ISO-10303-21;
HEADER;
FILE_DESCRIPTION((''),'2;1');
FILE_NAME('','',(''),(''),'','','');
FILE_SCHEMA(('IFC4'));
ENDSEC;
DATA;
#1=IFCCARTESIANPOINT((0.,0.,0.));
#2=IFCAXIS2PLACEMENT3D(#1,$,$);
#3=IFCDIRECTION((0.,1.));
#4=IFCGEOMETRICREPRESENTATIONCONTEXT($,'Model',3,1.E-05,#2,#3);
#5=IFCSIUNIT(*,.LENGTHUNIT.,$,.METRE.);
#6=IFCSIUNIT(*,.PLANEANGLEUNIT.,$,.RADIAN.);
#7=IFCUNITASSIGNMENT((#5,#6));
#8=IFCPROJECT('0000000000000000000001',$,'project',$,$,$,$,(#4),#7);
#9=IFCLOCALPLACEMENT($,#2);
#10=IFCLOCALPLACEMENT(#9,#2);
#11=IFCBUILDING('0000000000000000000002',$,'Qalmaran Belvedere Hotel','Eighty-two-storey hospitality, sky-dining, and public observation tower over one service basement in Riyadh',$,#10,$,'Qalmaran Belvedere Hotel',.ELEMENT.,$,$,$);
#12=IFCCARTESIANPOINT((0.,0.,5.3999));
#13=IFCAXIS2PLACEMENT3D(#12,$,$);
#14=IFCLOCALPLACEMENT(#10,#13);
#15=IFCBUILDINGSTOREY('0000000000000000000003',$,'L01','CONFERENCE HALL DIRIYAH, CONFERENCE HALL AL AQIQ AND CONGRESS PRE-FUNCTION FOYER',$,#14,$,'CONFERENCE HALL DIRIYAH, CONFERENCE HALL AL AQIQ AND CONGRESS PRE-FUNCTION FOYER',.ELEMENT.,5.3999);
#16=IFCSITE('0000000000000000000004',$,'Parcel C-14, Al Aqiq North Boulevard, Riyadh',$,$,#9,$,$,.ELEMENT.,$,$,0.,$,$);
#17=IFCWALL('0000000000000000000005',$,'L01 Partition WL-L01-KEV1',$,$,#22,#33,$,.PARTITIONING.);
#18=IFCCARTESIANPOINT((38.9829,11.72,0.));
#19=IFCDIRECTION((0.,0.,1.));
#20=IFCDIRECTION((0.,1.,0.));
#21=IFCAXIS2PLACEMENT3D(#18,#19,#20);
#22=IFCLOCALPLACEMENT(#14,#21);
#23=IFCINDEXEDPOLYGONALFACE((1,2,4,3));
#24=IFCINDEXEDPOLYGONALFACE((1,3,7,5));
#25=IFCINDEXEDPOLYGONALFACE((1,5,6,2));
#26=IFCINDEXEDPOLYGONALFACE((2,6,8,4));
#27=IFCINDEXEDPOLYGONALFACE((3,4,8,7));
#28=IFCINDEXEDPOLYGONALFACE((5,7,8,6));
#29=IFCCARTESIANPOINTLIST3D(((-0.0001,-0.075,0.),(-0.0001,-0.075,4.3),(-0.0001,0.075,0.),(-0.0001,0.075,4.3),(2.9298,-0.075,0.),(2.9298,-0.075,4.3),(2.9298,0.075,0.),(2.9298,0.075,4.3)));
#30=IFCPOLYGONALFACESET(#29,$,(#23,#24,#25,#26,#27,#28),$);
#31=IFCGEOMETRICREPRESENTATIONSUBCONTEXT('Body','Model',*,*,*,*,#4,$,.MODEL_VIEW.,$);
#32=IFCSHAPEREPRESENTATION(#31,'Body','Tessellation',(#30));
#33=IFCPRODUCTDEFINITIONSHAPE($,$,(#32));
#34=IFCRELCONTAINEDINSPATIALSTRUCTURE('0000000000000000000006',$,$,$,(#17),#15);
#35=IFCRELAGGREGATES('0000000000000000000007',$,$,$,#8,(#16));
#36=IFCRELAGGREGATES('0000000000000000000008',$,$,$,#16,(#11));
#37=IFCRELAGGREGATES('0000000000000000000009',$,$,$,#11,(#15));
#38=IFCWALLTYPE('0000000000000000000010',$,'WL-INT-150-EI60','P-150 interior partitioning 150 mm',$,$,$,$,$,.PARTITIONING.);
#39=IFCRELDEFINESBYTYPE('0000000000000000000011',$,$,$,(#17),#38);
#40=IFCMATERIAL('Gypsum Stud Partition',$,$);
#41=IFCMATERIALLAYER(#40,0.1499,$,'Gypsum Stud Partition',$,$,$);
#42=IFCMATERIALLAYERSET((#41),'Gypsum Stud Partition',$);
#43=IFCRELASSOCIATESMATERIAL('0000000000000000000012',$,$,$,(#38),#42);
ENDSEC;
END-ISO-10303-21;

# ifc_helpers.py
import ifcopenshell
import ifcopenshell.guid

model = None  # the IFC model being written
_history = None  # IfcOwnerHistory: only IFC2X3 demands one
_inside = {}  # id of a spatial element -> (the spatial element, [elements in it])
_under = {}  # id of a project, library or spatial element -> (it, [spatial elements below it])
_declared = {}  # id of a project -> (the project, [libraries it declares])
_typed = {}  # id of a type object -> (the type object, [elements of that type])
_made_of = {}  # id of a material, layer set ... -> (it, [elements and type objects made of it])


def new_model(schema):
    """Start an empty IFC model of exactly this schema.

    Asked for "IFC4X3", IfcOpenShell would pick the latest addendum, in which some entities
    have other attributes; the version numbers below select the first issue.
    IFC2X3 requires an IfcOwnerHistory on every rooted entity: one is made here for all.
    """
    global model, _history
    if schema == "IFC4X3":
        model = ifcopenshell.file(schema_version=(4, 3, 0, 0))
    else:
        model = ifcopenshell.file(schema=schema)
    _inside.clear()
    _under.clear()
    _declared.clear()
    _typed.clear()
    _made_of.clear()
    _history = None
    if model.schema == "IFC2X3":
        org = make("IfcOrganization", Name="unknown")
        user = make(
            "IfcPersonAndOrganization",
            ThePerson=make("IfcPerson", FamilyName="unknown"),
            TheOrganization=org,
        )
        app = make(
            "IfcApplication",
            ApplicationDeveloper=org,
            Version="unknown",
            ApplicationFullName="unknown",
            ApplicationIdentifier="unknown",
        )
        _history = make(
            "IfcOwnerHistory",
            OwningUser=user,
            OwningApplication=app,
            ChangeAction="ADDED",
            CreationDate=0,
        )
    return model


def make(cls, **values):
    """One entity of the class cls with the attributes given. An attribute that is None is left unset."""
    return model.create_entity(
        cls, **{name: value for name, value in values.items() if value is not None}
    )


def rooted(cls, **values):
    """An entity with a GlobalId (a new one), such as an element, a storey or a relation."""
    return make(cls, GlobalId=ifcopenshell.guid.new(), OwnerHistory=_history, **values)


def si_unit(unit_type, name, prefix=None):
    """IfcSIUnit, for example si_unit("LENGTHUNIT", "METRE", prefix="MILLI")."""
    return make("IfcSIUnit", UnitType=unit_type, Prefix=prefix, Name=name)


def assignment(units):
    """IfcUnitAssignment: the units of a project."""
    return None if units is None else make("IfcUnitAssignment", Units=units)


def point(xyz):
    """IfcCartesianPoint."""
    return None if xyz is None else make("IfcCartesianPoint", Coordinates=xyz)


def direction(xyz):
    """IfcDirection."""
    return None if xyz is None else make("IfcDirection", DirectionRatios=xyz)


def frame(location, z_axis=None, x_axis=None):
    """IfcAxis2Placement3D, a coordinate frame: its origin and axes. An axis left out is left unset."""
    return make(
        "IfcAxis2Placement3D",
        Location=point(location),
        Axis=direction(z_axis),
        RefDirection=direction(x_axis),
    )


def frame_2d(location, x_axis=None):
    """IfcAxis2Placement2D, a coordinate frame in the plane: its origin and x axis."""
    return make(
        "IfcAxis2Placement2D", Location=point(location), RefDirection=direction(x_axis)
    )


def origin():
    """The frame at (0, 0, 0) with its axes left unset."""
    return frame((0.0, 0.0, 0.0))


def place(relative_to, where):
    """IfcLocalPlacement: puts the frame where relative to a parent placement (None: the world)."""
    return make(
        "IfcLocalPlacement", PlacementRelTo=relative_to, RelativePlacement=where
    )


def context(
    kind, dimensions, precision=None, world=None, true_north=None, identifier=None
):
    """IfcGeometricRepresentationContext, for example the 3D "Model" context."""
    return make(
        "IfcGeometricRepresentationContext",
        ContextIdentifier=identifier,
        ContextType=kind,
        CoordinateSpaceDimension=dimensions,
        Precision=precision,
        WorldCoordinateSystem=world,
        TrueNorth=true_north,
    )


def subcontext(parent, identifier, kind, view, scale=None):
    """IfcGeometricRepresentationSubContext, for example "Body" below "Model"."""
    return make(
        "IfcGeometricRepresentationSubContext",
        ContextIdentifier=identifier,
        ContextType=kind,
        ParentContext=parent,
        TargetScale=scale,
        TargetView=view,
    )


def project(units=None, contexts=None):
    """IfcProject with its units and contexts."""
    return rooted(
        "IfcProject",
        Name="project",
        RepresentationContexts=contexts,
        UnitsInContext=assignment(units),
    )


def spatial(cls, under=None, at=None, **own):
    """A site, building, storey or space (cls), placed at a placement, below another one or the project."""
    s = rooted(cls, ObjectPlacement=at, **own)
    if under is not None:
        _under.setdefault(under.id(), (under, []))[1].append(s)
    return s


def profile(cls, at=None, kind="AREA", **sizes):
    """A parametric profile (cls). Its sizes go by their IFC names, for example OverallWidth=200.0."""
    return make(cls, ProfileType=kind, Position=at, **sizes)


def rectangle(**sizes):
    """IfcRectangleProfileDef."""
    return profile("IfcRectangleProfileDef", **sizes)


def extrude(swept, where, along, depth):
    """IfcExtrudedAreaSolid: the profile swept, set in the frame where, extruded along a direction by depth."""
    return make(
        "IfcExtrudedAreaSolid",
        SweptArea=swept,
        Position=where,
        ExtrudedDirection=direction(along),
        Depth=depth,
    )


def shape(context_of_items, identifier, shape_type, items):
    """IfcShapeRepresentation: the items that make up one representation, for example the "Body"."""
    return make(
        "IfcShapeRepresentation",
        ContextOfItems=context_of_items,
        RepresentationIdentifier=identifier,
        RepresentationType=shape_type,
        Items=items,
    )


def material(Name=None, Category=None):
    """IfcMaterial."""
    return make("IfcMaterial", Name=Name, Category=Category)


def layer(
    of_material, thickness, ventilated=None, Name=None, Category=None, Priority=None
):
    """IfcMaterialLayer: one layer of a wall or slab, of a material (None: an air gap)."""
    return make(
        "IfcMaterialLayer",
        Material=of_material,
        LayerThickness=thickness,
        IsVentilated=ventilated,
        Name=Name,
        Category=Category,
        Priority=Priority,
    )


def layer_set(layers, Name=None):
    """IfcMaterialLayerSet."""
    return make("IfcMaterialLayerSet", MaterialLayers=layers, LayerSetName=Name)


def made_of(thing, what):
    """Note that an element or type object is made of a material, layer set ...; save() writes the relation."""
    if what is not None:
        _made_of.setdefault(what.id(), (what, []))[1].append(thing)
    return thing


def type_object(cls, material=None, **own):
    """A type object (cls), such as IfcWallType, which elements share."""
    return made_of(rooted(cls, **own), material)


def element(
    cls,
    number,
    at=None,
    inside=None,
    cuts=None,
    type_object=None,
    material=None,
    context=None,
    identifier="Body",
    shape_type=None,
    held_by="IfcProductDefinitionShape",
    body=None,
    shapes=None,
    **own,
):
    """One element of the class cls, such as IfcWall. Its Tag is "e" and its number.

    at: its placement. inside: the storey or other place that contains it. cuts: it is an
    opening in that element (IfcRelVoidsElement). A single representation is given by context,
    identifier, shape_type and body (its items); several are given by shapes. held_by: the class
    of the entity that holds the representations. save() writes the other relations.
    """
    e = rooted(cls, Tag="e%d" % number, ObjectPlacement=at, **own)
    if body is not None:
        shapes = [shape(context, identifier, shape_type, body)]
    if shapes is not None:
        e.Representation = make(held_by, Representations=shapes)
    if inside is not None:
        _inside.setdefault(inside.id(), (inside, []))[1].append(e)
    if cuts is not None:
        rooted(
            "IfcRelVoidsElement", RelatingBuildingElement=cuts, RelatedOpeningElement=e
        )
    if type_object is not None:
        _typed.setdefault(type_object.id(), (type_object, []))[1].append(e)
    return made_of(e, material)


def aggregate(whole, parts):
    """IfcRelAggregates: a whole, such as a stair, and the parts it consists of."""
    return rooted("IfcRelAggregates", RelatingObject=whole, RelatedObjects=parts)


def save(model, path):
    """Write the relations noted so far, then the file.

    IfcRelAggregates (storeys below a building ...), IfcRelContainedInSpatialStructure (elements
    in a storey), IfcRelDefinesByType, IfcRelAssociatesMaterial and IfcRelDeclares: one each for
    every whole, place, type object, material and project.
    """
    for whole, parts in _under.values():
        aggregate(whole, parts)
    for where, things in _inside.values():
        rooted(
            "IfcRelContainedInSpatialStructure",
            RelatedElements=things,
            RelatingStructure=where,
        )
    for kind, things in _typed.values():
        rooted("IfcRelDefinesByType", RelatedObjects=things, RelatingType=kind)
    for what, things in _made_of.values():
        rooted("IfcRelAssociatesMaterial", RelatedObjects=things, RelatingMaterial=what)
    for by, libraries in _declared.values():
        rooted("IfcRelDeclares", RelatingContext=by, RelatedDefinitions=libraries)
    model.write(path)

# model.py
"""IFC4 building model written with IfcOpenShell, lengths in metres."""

from ifc_helpers import new_model, si_unit, direction, frame, frame_2d, origin, place, context, subcontext, project, spatial, rectangle, extrude, material, layer, layer_set, type_object, element, save


model = new_model("IFC4")

# Units and contexts
model_context = context("Model", 3, precision=1e-05, world=origin(), true_north=direction((0.0, 1.0)))
body_context = subcontext(model_context, "Body", "Model", "MODEL_VIEW")
ifc_project = project(units=[si_unit("LENGTHUNIT", "METRE"), si_unit("PLANEANGLEUNIT", "RADIAN")], contexts=[model_context])

# Site, building, storey
site_placement = place(None, origin())
site = spatial("IfcSite", under=ifc_project, at=site_placement, Name="Parcel C-14, Al Aqiq North Boulevard, Riyadh", CompositionType="ELEMENT", RefElevation=0.0)
building_placement = place(site_placement, origin())
building = spatial("IfcBuilding", under=site, at=building_placement, Name="Qalmaran Belvedere Hotel", Description="Eighty-two-storey hospitality, sky-dining, and public observation tower over one service basement in Riyadh", LongName="Qalmaran Belvedere Hotel", CompositionType="ELEMENT")
storey_placement = place(building_placement, frame((0.0, 0.0, 5.3999)))
storey = spatial("IfcBuildingStorey", under=building, at=storey_placement, Name="L01", Description="CONFERENCE HALL DIRIYAH, CONFERENCE HALL AL AQIQ AND CONGRESS PRE-FUNCTION FOYER", LongName="CONFERENCE HALL DIRIYAH, CONFERENCE HALL AL AQIQ AND CONGRESS PRE-FUNCTION FOYER", CompositionType="ELEMENT", Elevation=5.3999)

# Wall
ifc_material_1 = material(Name="Gypsum Stud Partition")
ifc_layer_1 = layer(ifc_material_1, 0.1499, Name="Gypsum Stud Partition")
ifc_layer_set_1 = layer_set([ifc_layer_1], Name="Gypsum Stud Partition")
wall_type_1 = type_object("IfcWallType", Name="WL-INT-150-EI60", Description="P-150 interior partitioning 150 mm", PredefinedType="PARTITIONING", material=ifc_layer_set_1)
wall_1_placement = place(storey_placement, frame((38.9829, 11.72, 0.0), z_axis=(0.0, 0.0, 1.0), x_axis=(0.0, 1.0, 0.0)))
element("IfcWall", 1, at=wall_1_placement, inside=storey, type_object=wall_type_1, Name="L01 Partition WL-L01-KEV1", PredefinedType="PARTITIONING", context=body_context, shape_type="SweptSolid", body=[
    extrude(rectangle(XDim=2.9299, YDim=0.1499, at=frame_2d((1.4648, 0.0))), origin(), (0.0, 0.0, 1.0), 4.3),
])

save(model, "model.ifc")
